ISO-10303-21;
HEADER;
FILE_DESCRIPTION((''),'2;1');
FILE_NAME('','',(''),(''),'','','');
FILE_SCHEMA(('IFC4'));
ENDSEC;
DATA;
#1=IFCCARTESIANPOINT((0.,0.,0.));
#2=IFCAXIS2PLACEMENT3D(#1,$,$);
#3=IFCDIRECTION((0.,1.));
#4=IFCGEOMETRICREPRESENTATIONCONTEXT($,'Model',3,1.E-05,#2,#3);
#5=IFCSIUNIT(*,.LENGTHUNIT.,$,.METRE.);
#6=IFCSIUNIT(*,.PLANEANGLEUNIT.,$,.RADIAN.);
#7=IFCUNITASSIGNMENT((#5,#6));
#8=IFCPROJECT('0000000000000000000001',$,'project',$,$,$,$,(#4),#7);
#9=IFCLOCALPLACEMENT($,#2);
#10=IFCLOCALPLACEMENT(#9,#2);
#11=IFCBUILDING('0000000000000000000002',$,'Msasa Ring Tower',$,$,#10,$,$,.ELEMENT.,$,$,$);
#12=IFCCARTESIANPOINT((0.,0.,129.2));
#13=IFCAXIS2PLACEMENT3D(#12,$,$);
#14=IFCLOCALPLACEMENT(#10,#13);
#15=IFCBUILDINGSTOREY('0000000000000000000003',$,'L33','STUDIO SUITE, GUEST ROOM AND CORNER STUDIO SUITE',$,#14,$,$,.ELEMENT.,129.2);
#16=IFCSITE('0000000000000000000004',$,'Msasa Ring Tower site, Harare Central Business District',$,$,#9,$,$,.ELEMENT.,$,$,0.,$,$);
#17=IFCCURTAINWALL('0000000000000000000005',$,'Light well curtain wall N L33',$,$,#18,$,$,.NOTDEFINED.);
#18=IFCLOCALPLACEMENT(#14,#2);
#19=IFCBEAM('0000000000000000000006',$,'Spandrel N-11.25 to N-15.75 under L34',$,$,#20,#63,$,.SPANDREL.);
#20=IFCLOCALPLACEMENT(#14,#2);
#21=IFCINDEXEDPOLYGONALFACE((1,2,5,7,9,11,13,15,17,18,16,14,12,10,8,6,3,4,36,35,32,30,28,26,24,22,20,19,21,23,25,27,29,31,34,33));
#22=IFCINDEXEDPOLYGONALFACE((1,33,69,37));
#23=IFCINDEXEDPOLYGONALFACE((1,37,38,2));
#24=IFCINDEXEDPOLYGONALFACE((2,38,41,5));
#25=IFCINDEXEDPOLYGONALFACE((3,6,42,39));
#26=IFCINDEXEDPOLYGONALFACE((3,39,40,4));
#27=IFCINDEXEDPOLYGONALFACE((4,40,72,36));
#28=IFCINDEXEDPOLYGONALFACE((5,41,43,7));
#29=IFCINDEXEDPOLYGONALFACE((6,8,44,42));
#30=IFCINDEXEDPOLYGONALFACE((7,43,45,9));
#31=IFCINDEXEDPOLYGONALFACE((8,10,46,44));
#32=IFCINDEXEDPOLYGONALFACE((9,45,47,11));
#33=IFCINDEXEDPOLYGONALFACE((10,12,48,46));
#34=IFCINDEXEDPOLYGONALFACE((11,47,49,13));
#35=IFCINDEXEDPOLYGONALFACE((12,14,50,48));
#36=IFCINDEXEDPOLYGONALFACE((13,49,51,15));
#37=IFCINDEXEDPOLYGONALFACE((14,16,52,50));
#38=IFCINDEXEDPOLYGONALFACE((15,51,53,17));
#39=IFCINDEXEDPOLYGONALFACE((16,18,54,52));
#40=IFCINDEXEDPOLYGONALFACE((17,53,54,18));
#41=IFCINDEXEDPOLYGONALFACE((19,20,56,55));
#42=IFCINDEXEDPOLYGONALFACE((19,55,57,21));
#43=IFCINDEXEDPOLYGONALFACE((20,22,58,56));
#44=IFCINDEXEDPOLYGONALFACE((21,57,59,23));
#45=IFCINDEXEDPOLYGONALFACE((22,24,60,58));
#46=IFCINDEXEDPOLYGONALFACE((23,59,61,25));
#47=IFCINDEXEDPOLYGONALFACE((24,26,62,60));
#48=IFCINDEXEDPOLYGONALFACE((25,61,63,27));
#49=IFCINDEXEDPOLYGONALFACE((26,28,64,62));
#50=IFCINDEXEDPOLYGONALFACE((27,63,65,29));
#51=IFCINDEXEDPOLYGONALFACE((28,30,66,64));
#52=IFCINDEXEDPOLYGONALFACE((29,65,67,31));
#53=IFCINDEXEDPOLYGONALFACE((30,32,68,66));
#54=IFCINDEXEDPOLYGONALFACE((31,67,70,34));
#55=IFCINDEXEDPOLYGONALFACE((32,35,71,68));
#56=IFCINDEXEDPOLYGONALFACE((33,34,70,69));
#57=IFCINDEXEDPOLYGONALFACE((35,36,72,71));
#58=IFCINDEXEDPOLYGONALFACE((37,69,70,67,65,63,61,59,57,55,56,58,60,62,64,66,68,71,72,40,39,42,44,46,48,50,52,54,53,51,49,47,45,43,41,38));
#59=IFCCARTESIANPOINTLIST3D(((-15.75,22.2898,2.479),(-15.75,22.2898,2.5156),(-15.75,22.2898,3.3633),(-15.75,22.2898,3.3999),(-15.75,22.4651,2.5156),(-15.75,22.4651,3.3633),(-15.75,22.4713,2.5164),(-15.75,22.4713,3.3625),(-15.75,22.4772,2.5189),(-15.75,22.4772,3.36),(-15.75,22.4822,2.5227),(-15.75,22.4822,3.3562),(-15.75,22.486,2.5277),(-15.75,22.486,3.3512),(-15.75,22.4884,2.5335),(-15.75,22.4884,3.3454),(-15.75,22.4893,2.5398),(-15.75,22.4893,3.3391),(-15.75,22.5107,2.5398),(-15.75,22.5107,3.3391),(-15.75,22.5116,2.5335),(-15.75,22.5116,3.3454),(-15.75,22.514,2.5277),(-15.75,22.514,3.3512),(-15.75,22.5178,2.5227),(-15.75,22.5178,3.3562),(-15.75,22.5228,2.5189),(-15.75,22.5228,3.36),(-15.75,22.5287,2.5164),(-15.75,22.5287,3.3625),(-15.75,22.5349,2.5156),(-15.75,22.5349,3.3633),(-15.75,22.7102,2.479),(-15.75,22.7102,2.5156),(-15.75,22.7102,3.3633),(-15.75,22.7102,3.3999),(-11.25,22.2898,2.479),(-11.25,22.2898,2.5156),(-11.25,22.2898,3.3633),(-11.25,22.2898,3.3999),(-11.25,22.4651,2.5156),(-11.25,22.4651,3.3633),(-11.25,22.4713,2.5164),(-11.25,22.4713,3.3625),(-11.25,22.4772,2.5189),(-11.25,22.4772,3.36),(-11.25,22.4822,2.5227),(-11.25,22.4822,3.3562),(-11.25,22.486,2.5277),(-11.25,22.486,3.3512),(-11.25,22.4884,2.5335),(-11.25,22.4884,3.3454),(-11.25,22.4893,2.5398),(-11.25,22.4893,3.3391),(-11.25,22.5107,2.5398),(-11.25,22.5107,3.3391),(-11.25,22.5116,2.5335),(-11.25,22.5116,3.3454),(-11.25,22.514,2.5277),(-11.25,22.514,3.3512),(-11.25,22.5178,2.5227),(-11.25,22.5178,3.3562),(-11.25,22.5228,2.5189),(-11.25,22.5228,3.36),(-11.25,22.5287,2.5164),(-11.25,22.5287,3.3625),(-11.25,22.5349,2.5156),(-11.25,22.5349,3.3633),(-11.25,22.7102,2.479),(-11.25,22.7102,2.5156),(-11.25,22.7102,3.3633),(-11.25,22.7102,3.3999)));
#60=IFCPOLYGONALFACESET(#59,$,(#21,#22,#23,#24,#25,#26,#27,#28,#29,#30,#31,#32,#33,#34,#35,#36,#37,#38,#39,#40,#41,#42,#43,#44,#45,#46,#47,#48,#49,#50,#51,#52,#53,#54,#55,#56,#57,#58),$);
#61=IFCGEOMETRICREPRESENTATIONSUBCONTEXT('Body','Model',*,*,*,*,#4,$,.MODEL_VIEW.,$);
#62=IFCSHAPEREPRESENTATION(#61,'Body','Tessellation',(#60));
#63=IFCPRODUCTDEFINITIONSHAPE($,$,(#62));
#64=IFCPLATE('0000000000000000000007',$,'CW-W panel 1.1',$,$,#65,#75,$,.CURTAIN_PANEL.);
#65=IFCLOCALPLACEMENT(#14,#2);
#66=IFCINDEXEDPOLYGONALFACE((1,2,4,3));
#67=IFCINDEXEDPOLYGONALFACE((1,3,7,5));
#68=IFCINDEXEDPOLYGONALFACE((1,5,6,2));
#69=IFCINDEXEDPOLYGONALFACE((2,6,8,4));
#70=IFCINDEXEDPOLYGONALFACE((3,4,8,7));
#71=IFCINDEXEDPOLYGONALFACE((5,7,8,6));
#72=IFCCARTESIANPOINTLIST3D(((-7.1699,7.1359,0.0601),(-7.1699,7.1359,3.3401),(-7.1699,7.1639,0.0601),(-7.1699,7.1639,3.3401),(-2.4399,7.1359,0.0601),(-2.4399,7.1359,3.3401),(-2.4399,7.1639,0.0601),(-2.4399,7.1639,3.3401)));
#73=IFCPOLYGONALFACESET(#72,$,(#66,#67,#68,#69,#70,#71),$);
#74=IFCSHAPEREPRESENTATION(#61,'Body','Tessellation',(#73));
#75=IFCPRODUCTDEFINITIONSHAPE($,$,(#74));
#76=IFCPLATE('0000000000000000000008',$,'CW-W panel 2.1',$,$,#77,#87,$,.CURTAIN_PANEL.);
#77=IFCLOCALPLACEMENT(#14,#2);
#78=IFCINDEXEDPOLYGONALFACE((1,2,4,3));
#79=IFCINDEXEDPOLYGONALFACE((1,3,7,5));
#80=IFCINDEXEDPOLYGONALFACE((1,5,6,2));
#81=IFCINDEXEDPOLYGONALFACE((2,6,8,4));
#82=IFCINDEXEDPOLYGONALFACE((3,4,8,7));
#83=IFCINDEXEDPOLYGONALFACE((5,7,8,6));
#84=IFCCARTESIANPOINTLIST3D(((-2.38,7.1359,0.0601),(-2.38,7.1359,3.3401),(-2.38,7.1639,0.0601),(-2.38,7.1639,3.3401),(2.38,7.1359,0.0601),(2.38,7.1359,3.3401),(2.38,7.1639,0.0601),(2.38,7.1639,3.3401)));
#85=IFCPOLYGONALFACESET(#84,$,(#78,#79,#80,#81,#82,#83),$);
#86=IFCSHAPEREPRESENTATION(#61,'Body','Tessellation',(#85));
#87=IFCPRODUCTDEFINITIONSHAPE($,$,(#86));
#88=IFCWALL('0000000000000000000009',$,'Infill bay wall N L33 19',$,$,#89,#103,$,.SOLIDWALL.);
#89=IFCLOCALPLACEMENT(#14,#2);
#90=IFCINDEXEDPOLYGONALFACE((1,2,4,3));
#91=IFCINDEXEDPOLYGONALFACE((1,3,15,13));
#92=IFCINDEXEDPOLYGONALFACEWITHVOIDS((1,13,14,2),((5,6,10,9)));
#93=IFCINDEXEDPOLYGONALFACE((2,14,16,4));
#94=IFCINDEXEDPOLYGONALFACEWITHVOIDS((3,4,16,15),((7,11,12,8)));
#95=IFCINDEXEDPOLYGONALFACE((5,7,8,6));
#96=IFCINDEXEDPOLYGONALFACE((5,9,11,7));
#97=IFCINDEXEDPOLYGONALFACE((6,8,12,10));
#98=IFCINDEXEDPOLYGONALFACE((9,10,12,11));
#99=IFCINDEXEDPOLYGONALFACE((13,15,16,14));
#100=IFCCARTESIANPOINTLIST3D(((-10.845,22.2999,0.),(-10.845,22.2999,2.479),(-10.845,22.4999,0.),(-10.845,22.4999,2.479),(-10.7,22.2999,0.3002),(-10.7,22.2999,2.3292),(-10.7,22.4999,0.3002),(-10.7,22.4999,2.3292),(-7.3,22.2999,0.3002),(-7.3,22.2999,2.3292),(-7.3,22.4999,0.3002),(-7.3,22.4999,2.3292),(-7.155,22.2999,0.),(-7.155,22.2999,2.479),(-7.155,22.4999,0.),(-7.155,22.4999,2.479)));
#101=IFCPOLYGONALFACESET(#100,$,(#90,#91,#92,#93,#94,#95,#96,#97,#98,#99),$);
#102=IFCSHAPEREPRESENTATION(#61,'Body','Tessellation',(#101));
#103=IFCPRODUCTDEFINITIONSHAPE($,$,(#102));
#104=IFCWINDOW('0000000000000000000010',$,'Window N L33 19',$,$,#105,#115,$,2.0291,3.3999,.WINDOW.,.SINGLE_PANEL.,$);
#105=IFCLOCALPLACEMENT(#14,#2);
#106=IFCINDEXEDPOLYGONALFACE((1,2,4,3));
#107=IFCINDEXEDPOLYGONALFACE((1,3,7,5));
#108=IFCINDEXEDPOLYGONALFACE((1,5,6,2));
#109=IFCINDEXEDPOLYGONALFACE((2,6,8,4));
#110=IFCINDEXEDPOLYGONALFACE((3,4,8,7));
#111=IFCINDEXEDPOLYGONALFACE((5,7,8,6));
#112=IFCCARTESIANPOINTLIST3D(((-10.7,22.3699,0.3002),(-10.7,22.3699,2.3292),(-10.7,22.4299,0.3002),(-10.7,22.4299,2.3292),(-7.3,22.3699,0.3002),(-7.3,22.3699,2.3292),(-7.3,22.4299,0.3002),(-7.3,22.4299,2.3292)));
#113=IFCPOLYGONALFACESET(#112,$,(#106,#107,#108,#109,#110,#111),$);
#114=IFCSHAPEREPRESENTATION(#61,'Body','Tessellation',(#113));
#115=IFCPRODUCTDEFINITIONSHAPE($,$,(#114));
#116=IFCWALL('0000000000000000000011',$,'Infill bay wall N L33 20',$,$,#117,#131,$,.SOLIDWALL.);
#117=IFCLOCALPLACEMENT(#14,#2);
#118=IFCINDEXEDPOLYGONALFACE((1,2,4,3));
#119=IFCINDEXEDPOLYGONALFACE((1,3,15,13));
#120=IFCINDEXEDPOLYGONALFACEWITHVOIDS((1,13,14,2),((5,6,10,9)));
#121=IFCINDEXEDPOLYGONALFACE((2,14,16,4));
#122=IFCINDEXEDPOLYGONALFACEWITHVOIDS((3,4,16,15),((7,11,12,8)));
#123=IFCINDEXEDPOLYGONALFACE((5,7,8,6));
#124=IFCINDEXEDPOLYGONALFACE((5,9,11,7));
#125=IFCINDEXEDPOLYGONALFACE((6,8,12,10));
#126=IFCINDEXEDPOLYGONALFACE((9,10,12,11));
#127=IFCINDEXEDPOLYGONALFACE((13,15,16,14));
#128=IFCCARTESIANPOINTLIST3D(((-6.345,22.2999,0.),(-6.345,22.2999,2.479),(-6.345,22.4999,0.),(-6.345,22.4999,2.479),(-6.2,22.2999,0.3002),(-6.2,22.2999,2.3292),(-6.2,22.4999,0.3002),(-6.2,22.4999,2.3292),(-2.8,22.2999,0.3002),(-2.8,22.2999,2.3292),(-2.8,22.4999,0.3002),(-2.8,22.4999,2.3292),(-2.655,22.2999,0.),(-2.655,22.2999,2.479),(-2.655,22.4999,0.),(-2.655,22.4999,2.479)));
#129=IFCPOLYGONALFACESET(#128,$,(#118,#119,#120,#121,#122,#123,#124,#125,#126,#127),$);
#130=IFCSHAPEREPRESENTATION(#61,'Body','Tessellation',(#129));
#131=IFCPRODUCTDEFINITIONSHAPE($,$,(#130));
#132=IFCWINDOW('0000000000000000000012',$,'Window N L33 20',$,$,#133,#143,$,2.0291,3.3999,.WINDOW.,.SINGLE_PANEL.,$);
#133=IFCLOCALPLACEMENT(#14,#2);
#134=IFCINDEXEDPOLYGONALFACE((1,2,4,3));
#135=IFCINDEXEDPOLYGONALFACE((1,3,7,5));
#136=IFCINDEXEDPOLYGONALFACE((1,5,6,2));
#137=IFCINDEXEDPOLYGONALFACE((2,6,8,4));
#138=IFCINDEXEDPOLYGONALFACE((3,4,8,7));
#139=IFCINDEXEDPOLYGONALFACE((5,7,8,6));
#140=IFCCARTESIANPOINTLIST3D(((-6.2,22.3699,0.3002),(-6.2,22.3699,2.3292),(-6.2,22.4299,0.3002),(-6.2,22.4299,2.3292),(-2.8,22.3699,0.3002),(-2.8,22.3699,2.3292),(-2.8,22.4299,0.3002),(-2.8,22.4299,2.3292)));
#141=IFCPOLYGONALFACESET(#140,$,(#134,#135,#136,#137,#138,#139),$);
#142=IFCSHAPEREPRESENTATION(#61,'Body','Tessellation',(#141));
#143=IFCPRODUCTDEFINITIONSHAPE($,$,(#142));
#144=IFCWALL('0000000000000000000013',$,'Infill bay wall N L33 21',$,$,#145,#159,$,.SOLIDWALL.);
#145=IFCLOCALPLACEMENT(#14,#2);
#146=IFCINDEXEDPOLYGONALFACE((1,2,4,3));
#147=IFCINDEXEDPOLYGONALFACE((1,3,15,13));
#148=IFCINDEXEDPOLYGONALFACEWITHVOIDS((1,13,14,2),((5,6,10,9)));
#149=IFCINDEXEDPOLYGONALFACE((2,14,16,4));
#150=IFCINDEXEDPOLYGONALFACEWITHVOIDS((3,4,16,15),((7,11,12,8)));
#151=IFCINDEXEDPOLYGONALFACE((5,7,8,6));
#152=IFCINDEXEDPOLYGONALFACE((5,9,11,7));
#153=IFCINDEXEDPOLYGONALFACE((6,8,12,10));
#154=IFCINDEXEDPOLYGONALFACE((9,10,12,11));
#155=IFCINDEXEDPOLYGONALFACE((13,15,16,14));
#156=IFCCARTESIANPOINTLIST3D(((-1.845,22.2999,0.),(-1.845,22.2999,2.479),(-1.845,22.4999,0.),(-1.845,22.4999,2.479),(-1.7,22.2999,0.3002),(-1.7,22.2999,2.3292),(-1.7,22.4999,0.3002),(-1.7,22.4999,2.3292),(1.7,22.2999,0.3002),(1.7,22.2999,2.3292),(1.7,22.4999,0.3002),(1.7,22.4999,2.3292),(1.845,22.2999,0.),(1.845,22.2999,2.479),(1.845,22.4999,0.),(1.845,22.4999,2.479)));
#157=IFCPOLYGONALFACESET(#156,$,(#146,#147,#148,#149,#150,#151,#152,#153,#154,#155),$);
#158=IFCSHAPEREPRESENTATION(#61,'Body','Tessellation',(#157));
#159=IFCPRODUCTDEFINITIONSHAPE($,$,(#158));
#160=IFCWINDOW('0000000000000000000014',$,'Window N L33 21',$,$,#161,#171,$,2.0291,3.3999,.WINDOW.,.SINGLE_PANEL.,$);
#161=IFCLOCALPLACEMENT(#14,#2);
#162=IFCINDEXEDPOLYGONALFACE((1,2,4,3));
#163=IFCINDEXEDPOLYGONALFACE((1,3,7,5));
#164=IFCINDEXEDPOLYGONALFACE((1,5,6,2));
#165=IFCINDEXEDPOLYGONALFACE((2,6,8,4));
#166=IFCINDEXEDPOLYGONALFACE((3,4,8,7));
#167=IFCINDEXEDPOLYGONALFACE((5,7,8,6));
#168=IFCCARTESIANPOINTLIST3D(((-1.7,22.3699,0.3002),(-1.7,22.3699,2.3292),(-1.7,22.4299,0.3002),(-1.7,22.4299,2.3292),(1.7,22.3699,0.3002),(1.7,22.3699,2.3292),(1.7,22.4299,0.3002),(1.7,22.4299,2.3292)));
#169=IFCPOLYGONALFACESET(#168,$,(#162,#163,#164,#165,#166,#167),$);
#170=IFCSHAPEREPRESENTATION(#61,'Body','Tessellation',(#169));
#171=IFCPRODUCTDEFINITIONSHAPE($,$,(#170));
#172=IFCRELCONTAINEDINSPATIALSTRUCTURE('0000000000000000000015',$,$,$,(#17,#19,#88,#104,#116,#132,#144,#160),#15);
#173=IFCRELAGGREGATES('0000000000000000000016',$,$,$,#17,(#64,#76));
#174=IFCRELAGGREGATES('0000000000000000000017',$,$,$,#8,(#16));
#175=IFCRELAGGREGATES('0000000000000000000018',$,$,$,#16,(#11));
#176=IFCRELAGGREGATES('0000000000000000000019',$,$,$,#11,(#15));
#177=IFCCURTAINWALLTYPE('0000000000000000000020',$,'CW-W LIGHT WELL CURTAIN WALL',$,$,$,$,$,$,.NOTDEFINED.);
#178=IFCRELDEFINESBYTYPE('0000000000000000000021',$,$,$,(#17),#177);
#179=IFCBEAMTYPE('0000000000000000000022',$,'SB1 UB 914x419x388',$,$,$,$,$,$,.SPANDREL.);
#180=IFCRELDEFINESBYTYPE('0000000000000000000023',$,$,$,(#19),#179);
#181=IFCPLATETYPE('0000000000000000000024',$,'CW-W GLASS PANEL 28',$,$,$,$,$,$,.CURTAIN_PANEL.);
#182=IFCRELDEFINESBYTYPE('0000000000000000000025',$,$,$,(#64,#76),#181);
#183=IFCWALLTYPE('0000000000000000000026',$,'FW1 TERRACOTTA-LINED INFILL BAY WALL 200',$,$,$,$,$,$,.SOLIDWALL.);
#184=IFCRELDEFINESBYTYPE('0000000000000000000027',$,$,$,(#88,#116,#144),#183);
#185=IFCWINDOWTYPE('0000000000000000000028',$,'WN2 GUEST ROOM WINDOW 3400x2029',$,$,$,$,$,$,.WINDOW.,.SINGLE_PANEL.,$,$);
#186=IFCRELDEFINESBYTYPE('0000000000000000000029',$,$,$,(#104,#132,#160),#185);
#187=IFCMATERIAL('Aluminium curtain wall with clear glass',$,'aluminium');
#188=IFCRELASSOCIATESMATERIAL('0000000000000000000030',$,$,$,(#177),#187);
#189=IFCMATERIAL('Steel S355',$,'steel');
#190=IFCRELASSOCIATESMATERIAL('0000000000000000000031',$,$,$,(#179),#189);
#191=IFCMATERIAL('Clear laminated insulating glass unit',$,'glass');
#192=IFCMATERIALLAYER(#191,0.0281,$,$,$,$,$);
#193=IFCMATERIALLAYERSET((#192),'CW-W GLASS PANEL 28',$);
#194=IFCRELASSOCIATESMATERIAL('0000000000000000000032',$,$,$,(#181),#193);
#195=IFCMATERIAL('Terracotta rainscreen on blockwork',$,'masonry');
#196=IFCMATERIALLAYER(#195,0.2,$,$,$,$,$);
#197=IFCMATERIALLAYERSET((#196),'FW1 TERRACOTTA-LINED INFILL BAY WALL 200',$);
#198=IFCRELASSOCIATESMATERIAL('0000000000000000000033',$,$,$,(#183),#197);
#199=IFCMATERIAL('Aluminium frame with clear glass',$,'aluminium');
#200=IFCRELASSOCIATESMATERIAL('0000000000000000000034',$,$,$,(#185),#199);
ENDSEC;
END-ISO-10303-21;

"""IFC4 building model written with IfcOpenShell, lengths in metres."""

from ifc_helpers import new_model, si_unit, direction, frame, frame_2d, origin, origin_2d, place, context, subcontext, project, spatial, rectangle, i_section, extrude, material, layer, layer_set, material_profile, profile_set, type_object, element, fill, aggregate, save


model = new_model("IFC4")

# Units and contexts
model_context = context("Model", 3, precision=1e-05, world=origin(), true_north=direction((0.0, 1.0)))
body_context = subcontext(model_context, "Body", "Model", "MODEL_VIEW")
ifc_project = project(units=[si_unit("LENGTHUNIT", "METRE"), si_unit("PLANEANGLEUNIT", "RADIAN")], contexts=[model_context])

# Site, building, storey
site_placement = place(None, origin())
site = spatial("IfcSite", under=ifc_project, at=site_placement, Name="Msasa Ring Tower site, Harare Central Business District", CompositionType="ELEMENT", RefElevation=0.0)
building_placement = place(site_placement, origin())
building = spatial("IfcBuilding", under=site, at=building_placement, Name="Msasa Ring Tower", CompositionType="ELEMENT")
storey_placement = place(building_placement, frame((0.0, 0.0, 129.2)))
storey = spatial("IfcBuildingStorey", under=building, at=storey_placement, Name="L33", Description="STUDIO SUITE, GUEST ROOM AND CORNER STUDIO SUITE", CompositionType="ELEMENT", Elevation=129.2)

# Curtain wall
ifc_material_1 = material(Name="Aluminium curtain wall with clear glass", Category="aluminium")
curtain_wall_type = type_object("IfcCurtainWallType", Name="CW-W LIGHT WELL CURTAIN WALL", PredefinedType="NOTDEFINED", material=ifc_material_1)
curtain_wall_placement = place(storey_placement, origin())
curtain_wall = element("IfcCurtainWall", 1, at=curtain_wall_placement, inside=storey, type_object=curtain_wall_type, Name="Light well curtain wall N L33", PredefinedType="NOTDEFINED")

# Beam
ifc_material_2 = material(Name="Steel S355", Category="steel")
ifc_material_profile_1 = material_profile(ifc_material_2, i_section(OverallWidth=0.4204, OverallDepth=0.9209, WebThickness=0.0215, FlangeThickness=0.0366, FilletRadius=0.0242, at=origin_2d()), Name="UB 914x419x388")
ifc_profile_set_1 = profile_set([ifc_material_profile_1], Name="Steel S355")
beam_type_1 = type_object("IfcBeamType", Name="SB1 UB 914x419x388", PredefinedType="SPANDREL", material=ifc_profile_set_1)
for number, where, z_axis, x_axis, name in (
    (2, (-11.25, 22.5, 2.9395), (-1.0, 0.0, 0.0), (0.0, -1.0, 0.0), "Spandrel N-11.25 to N-15.75 under L34"),
):
    element("IfcBeam", number, at=place(storey_placement, frame(where, z_axis=z_axis, x_axis=x_axis)), inside=storey, type_object=beam_type_1, Name=name, PredefinedType="SPANDREL", context=body_context, shape_type="SweptSolid", body=[
        extrude(i_section(OverallWidth=0.4204, OverallDepth=0.9209, WebThickness=0.0215, FlangeThickness=0.0366, FilletRadius=0.0242, at=origin_2d()), origin(), (0.0, 0.0, 1.0), 4.5),
    ])

# Plates
ifc_material_3 = material(Name="Clear laminated insulating glass unit", Category="glass")
ifc_layer_1 = layer(ifc_material_3, 0.0281)
ifc_layer_set_1 = layer_set([ifc_layer_1], Name="CW-W GLASS PANEL 28")
plate_type = type_object("IfcPlateType", Name="CW-W GLASS PANEL 28", PredefinedType="CURTAIN_PANEL", material=ifc_layer_set_1)
plate_1_placement = place(storey_placement, frame((-4.8049, 7.1499, 0.0601), z_axis=(0.0, 0.0, 1.0), x_axis=(1.0, 0.0, 0.0)))
plate_1 = element("IfcPlate", 3, at=plate_1_placement, type_object=plate_type, Name="CW-W panel 1.1", PredefinedType="CURTAIN_PANEL", context=body_context, shape_type="SweptSolid", body=[
    extrude(rectangle(XDim=4.73, YDim=0.0281, at=origin_2d()), origin(), (0.0, 0.0, 1.0), 3.28),
])
plate_2_placement = place(storey_placement, frame((0.0, 7.1499, 0.0601), z_axis=(0.0, 0.0, 1.0), x_axis=(1.0, 0.0, 0.0)))
plate_2 = element("IfcPlate", 4, at=plate_2_placement, type_object=plate_type, Name="CW-W panel 2.1", PredefinedType="CURTAIN_PANEL", context=body_context, shape_type="SweptSolid", body=[
    extrude(rectangle(XDim=4.76, YDim=0.0281, at=origin_2d()), origin(), (0.0, 0.0, 1.0), 3.28),
])
aggregate(curtain_wall, [plate_1, plate_2])

# Walls, openings, windows
ifc_material_4 = material(Name="Terracotta rainscreen on blockwork", Category="masonry")
ifc_layer_2 = layer(ifc_material_4, 0.2)
ifc_layer_set_2 = layer_set([ifc_layer_2], Name="FW1 TERRACOTTA-LINED INFILL BAY WALL 200")
wall_type_1 = type_object("IfcWallType", Name="FW1 TERRACOTTA-LINED INFILL BAY WALL 200", PredefinedType="SOLIDWALL", material=ifc_layer_set_2)
wall_1_placement = place(storey_placement, frame((-10.845, 22.3999, 0.0), z_axis=(0.0, 0.0, 1.0), x_axis=(1.0, 0.0, 0.0)))
wall_1 = element("IfcWall", 5, at=wall_1_placement, inside=storey, type_object=wall_type_1, Name="Infill bay wall N L33 19", PredefinedType="SOLIDWALL", context=body_context, shape_type="SweptSolid", body=[
    extrude(rectangle(XDim=3.6899, YDim=0.2, at=frame_2d((1.845, 0.0))), origin(), (0.0, 0.0, 1.0), 2.479),
])
opening_1_placement = place(wall_1_placement, frame((0.145, 0.0, 0.3)))
opening_1 = element("IfcOpeningElement", 6, at=opening_1_placement, cuts=wall_1, PredefinedType="OPENING", context=body_context, shape_type="SweptSolid", body=[
    extrude(rectangle(XDim=3.3999, YDim=2.0291, at=frame_2d((1.7, 1.0146))), frame((0.0, 0.1099, 0.0), z_axis=(0.0, -1.0, 0.0), x_axis=(1.0, 0.0, 0.0)), (0.0, 0.0, 1.0), 0.22),
])
ifc_material_5 = material(Name="Aluminium frame with clear glass", Category="aluminium")
window_type = type_object("IfcWindowType", Name="WN2 GUEST ROOM WINDOW 3400x2029", PartitioningType="SINGLE_PANEL", PredefinedType="WINDOW", material=ifc_material_5)
window_1_placement = place(opening_1_placement, origin())
window_1 = element("IfcWindow", 7, at=window_1_placement, inside=storey, type_object=window_type, Name="Window N L33 19", OverallHeight=2.0291, OverallWidth=3.3999, PartitioningType="SINGLE_PANEL", PredefinedType="WINDOW", context=body_context, shape_type="SweptSolid", body=[
    extrude(rectangle(XDim=3.3999, YDim=2.0291, at=frame_2d((1.7, 1.0146))), frame((0.0, 0.03, 0.0), z_axis=(0.0, -1.0, 0.0), x_axis=(1.0, 0.0, 0.0)), (0.0, 0.0, 1.0), 0.0601),
])
fill(opening_1, window_1)
wall_2_placement = place(storey_placement, frame((-6.345, 22.3999, 0.0), z_axis=(0.0, 0.0, 1.0), x_axis=(1.0, 0.0, 0.0)))
wall_2 = element("IfcWall", 8, at=wall_2_placement, inside=storey, type_object=wall_type_1, Name="Infill bay wall N L33 20", PredefinedType="SOLIDWALL", context=body_context, shape_type="SweptSolid", body=[
    extrude(rectangle(XDim=3.6899, YDim=0.2, at=frame_2d((1.845, 0.0))), origin(), (0.0, 0.0, 1.0), 2.479),
])
opening_2_placement = place(wall_2_placement, frame((0.145, 0.0, 0.3)))
opening_2 = element("IfcOpeningElement", 9, at=opening_2_placement, cuts=wall_2, PredefinedType="OPENING", context=body_context, shape_type="SweptSolid", body=[
    extrude(rectangle(XDim=3.3999, YDim=2.0291, at=frame_2d((1.7, 1.0146))), frame((0.0, 0.1099, 0.0), z_axis=(0.0, -1.0, 0.0), x_axis=(1.0, 0.0, 0.0)), (0.0, 0.0, 1.0), 0.22),
])
window_2_placement = place(opening_2_placement, origin())
window_2 = element("IfcWindow", 10, at=window_2_placement, inside=storey, type_object=window_type, Name="Window N L33 20", OverallHeight=2.0291, OverallWidth=3.3999, PartitioningType="SINGLE_PANEL", PredefinedType="WINDOW", context=body_context, shape_type="SweptSolid", body=[
    extrude(rectangle(XDim=3.3999, YDim=2.0291, at=frame_2d((1.7, 1.0146))), frame((0.0, 0.03, 0.0), z_axis=(0.0, -1.0, 0.0), x_axis=(1.0, 0.0, 0.0)), (0.0, 0.0, 1.0), 0.0601),
])
fill(opening_2, window_2)
wall_3_placement = place(storey_placement, frame((-1.845, 22.3999, 0.0), z_axis=(0.0, 0.0, 1.0), x_axis=(1.0, 0.0, 0.0)))
wall_3 = element("IfcWall", 11, at=wall_3_placement, inside=storey, type_object=wall_type_1, Name="Infill bay wall N L33 21", PredefinedType="SOLIDWALL", context=body_context, shape_type="SweptSolid", body=[
    extrude(rectangle(XDim=3.6899, YDim=0.2, at=frame_2d((1.845, 0.0))), origin(), (0.0, 0.0, 1.0), 2.479),
])
opening_3_placement = place(wall_3_placement, frame((0.145, 0.0, 0.3)))
opening_3 = element("IfcOpeningElement", 12, at=opening_3_placement, cuts=wall_3, PredefinedType="OPENING", context=body_context, shape_type="SweptSolid", body=[
    extrude(rectangle(XDim=3.3999, YDim=2.0291, at=frame_2d((1.7, 1.0146))), frame((0.0, 0.1099, 0.0), z_axis=(0.0, -1.0, 0.0), x_axis=(1.0, 0.0, 0.0)), (0.0, 0.0, 1.0), 0.22),
])
window_3_placement = place(opening_3_placement, origin())
window_3 = element("IfcWindow", 13, at=window_3_placement, inside=storey, type_object=window_type, Name="Window N L33 21", OverallHeight=2.0291, OverallWidth=3.3999, PartitioningType="SINGLE_PANEL", PredefinedType="WINDOW", context=body_context, shape_type="SweptSolid", body=[
    extrude(rectangle(XDim=3.3999, YDim=2.0291, at=frame_2d((1.7, 1.0146))), frame((0.0, 0.03, 0.0), z_axis=(0.0, -1.0, 0.0), x_axis=(1.0, 0.0, 0.0)), (0.0, 0.0, 1.0), 0.0601),
])
fill(opening_3, window_3)

save(model, "model.ifc")
